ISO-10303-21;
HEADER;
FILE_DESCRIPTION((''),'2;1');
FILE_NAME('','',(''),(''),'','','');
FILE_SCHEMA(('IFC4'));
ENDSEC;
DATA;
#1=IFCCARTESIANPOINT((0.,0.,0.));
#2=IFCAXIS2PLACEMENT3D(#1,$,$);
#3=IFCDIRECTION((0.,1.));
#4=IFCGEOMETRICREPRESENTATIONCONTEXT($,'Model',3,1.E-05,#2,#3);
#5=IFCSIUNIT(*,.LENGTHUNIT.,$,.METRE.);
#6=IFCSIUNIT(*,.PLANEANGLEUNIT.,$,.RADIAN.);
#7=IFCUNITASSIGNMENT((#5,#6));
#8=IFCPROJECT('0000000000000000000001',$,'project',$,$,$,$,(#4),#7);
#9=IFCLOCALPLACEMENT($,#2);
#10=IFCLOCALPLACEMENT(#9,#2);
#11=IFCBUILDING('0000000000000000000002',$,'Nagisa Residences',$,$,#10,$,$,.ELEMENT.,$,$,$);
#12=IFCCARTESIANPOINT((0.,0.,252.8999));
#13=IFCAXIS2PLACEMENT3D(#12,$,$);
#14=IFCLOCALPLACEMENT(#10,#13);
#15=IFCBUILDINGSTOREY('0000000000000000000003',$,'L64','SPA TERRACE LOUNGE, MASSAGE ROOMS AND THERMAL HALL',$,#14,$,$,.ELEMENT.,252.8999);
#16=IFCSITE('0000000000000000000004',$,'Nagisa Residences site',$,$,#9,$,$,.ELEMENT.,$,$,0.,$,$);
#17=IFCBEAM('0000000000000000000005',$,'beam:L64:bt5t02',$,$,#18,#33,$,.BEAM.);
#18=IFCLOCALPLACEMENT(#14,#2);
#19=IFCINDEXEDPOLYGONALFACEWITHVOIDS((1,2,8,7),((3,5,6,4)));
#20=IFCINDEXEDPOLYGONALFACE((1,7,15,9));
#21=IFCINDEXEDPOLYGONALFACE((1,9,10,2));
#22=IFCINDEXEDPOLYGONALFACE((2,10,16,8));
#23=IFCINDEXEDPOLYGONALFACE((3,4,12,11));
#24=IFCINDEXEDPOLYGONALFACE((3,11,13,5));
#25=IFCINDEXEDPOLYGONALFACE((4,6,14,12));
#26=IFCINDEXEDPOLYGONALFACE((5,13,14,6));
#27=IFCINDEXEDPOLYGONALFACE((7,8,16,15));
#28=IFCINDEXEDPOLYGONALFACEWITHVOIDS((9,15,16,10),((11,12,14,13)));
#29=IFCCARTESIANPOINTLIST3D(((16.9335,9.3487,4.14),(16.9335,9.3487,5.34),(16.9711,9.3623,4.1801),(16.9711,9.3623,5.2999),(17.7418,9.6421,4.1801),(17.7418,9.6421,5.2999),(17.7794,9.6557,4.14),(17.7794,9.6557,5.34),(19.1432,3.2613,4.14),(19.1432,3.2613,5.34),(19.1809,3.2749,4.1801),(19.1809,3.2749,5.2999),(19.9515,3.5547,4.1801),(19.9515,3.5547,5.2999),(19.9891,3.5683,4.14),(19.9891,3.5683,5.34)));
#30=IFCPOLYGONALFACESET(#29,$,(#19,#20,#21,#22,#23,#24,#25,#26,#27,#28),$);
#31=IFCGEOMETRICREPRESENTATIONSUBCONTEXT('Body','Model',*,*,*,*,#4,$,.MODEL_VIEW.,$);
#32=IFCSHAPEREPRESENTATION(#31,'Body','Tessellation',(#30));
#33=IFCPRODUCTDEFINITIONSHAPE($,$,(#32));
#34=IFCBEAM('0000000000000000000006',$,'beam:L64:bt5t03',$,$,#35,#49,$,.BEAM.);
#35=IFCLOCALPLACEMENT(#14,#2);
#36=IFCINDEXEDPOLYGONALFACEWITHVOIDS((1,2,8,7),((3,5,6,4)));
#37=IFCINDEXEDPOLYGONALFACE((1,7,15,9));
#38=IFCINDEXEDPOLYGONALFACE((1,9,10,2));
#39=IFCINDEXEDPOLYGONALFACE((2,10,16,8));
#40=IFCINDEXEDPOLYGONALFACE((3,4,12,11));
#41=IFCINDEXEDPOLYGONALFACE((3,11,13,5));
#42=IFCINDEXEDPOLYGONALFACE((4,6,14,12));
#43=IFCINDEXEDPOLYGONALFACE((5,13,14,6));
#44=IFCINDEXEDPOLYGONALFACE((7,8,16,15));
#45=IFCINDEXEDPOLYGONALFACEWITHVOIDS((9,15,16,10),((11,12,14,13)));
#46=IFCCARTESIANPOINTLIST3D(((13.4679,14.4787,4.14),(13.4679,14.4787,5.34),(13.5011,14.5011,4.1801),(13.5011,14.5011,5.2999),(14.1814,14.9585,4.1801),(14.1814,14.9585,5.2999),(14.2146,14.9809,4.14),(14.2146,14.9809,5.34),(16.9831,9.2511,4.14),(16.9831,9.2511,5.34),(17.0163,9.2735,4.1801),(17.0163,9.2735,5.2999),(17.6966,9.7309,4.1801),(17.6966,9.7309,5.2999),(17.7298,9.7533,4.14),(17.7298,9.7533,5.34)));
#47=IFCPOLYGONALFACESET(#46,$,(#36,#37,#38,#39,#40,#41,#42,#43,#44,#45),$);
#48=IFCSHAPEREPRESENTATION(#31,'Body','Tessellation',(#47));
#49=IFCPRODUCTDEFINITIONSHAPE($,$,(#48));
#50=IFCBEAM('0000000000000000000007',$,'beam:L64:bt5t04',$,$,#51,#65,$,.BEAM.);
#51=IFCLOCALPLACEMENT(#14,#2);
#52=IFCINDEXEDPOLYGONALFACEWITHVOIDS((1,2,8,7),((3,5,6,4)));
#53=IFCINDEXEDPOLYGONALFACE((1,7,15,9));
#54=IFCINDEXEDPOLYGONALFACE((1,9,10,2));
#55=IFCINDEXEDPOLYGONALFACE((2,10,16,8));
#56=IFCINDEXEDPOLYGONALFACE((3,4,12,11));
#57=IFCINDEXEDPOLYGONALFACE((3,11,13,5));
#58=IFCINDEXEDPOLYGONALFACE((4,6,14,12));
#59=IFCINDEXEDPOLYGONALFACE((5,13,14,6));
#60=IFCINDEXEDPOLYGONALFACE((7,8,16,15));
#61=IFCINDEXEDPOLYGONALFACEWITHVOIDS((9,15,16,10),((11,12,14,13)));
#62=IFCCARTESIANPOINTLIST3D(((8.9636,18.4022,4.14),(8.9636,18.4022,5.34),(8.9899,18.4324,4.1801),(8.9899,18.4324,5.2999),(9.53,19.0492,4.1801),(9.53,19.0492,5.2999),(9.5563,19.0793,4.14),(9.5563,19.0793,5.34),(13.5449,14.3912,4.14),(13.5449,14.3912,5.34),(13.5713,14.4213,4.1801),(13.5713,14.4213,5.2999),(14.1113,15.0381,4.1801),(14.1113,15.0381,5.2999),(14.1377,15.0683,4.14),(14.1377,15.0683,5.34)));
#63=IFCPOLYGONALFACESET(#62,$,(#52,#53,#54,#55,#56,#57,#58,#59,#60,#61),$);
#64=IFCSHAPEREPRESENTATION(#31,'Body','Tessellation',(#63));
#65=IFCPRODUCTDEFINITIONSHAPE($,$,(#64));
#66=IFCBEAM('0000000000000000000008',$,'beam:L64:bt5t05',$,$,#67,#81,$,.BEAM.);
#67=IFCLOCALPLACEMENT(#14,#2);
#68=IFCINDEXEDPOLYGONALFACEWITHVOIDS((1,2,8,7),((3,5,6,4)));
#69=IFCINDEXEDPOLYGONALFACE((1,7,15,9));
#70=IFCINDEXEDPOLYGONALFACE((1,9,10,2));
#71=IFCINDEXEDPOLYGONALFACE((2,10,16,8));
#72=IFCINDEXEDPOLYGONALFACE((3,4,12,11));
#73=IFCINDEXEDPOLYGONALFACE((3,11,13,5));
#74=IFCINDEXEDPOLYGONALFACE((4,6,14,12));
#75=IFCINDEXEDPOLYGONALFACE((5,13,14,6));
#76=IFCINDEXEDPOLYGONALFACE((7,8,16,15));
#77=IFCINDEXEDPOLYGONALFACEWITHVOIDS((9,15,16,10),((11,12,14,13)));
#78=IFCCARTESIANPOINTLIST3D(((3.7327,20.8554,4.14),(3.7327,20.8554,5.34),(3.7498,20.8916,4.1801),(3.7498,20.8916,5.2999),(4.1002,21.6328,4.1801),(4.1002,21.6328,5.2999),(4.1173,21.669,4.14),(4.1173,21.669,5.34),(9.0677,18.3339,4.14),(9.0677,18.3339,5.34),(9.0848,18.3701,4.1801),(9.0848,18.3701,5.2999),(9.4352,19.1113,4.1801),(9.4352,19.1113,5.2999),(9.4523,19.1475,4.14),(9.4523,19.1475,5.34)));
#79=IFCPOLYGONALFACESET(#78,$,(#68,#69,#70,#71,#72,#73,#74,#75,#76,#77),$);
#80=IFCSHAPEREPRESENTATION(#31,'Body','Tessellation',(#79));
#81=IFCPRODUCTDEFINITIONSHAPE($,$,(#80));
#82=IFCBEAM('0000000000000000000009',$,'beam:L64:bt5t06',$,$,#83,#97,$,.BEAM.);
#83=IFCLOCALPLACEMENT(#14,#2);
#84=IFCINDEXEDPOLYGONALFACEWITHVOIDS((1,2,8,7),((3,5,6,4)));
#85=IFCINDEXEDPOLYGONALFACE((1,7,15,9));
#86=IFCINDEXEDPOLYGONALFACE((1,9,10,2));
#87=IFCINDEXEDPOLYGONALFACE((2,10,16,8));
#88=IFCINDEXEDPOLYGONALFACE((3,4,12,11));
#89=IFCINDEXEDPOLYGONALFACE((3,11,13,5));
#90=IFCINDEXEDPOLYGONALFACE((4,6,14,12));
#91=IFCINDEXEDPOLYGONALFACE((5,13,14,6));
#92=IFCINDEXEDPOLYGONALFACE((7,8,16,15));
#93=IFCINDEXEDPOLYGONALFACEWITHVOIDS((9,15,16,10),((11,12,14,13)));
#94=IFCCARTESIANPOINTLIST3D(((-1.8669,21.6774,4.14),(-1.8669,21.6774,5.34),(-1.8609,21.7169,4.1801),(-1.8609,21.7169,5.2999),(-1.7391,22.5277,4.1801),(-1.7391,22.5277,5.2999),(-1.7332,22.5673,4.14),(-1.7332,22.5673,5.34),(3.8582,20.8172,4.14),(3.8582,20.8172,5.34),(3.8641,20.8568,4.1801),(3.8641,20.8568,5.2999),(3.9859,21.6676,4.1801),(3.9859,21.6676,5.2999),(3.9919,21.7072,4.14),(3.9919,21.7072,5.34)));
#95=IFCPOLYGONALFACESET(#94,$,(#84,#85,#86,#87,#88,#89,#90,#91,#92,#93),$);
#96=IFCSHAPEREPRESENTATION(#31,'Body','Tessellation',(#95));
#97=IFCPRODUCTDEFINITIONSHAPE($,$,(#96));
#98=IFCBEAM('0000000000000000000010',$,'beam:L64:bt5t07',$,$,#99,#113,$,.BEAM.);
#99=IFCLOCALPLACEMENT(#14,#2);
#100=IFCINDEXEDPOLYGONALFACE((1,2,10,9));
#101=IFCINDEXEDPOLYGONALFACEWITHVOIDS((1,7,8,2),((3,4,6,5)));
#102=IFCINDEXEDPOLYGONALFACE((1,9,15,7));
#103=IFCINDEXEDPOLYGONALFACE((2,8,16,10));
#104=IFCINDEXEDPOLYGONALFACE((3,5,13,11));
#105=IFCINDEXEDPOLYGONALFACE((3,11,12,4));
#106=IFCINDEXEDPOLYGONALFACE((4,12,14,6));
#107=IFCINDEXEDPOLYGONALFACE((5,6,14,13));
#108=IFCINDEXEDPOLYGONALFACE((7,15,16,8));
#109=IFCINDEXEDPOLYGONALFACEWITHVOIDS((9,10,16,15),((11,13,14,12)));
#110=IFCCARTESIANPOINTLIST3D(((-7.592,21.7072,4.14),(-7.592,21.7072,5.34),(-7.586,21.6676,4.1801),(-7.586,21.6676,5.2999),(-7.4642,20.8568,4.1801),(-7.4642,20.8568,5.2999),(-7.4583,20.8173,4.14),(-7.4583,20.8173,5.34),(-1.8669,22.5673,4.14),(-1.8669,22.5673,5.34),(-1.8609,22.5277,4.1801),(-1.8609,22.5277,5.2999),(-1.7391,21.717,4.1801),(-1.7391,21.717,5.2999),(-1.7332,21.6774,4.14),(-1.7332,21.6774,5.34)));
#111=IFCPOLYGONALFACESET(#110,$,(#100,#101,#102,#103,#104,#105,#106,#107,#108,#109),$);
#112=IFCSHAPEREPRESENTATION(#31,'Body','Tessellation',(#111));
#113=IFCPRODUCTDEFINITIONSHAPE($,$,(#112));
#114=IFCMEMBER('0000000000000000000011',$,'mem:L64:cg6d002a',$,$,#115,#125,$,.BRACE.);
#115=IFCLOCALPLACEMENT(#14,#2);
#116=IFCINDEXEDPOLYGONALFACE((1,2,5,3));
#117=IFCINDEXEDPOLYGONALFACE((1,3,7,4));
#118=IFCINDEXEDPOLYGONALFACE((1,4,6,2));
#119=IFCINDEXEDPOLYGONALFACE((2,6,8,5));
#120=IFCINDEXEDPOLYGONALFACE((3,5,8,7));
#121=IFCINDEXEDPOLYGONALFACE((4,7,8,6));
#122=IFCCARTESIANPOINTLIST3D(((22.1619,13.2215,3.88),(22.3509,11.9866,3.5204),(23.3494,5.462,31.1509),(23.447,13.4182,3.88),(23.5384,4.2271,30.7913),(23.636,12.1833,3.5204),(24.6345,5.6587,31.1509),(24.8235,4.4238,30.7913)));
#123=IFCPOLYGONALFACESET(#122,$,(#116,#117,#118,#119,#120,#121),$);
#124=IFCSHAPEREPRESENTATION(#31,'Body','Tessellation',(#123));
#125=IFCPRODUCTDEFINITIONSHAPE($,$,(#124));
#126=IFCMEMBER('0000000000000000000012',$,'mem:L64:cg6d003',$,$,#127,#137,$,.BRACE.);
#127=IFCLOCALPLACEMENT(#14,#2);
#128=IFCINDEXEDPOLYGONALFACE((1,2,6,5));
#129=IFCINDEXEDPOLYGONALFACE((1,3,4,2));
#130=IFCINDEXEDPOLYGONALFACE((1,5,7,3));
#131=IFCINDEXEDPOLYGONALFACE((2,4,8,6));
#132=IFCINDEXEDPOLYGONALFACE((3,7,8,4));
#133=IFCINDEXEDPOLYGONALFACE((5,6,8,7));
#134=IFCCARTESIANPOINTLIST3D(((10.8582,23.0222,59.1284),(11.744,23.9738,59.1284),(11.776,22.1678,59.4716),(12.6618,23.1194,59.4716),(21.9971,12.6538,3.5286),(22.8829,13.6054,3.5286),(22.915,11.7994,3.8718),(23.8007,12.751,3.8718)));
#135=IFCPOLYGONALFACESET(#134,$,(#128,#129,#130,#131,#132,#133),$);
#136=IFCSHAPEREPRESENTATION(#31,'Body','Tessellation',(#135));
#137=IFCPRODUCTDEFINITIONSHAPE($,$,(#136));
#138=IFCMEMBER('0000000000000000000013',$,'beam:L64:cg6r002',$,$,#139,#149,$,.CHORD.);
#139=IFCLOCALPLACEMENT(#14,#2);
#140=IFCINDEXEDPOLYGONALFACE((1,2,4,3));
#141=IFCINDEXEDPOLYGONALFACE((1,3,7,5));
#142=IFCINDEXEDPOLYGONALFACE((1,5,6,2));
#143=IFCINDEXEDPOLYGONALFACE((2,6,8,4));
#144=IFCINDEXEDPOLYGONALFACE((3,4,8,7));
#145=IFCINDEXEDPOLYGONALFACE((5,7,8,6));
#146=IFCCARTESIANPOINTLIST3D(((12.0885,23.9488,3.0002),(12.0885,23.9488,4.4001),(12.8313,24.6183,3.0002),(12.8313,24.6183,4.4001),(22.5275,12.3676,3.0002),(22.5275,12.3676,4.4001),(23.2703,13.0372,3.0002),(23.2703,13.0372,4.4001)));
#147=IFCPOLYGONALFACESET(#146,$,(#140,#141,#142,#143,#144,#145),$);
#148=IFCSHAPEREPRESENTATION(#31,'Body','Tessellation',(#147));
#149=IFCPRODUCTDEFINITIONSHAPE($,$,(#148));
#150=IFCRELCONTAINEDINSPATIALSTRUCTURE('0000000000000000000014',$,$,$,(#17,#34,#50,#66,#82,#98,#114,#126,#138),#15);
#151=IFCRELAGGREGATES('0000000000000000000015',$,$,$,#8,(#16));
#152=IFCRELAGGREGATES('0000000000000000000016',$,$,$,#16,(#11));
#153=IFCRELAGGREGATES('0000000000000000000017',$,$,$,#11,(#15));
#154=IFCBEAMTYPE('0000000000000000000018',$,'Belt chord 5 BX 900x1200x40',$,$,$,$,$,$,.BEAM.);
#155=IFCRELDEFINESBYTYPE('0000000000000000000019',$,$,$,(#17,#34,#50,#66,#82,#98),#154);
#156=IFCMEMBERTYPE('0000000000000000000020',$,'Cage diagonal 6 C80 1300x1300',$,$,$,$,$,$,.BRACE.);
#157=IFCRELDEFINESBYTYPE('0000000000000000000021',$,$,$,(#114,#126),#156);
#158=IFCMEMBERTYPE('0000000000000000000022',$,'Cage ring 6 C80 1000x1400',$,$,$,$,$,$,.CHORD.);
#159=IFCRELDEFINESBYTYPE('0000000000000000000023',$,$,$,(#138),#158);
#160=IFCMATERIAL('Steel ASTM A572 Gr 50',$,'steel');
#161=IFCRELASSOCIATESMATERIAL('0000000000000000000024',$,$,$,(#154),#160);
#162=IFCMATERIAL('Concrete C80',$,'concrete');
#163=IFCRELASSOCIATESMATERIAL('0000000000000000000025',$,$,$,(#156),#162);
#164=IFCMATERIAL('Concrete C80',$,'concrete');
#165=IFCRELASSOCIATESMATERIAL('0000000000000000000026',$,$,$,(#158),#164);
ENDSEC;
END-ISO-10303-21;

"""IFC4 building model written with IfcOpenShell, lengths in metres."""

from ifc_helpers import new_model, si_unit, direction, frame, origin, origin_2d, place, context, subcontext, project, spatial, rectangle, hollow_rectangle, extrude, material, material_profile, profile_set, type_object, element, save


model = new_model("IFC4")

# Units and contexts
model_context = context("Model", 3, precision=1e-05, world=origin(), true_north=direction((0.0, 1.0)))
body_context = subcontext(model_context, "Body", "Model", "MODEL_VIEW")
ifc_project = project(units=[si_unit("LENGTHUNIT", "METRE"), si_unit("PLANEANGLEUNIT", "RADIAN")], contexts=[model_context])

# Site, building, storey
site_placement = place(None, origin())
site = spatial("IfcSite", under=ifc_project, at=site_placement, Name="Nagisa Residences site", CompositionType="ELEMENT", RefElevation=0.0)
building_placement = place(site_placement, origin())
building = spatial("IfcBuilding", under=site, at=building_placement, Name="Nagisa Residences", CompositionType="ELEMENT")
storey_placement = place(building_placement, frame((0.0, 0.0, 252.8999)))
storey = spatial("IfcBuildingStorey", under=building, at=storey_placement, Name="L64", Description="SPA TERRACE LOUNGE, MASSAGE ROOMS AND THERMAL HALL", CompositionType="ELEMENT", Elevation=252.8999)

# Beams
ifc_material_1 = material(Name="Steel ASTM A572 Gr 50", Category="steel")
ifc_material_profile_1 = material_profile(ifc_material_1, hollow_rectangle(XDim=0.8999, YDim=1.2, WallThickness=0.04, at=origin_2d()), Name="BX 900x1200x40")
ifc_profile_set_1 = profile_set([ifc_material_profile_1], Name="Steel ASTM A572 Gr 50")
beam_type_1 = type_object("IfcBeamType", Name="Belt chord 5 BX 900x1200x40", PredefinedType="BEAM", material=ifc_profile_set_1)
beam_1_placement = place(storey_placement, frame((19.5662, 3.4148, 4.74), z_axis=(-0.341213, 0.939986, 0.0), x_axis=(-0.939986, -0.341213, 0.0)))
element("IfcBeam", 1, at=beam_1_placement, inside=storey, type_object=beam_type_1, Name="beam:L64:bt5t02", PredefinedType="BEAM", context=body_context, shape_type="SweptSolid", body=[
    extrude(hollow_rectangle(XDim=0.8999, YDim=1.2, WallThickness=0.04, at=origin_2d()), origin(), (0.0, 0.0, 1.0), 6.4761),
])
beam_2_placement = place(storey_placement, frame((17.3564, 9.5022, 4.74), z_axis=(-0.558005, 0.829838, 0.0), x_axis=(-0.829838, -0.558005, 0.0)))
element("IfcBeam", 2, at=beam_2_placement, inside=storey, type_object=beam_type_1, Name="beam:L64:bt5t03", PredefinedType="BEAM", context=body_context, shape_type="SweptSolid", body=[
    extrude(hollow_rectangle(XDim=0.8999, YDim=1.2, WallThickness=0.04, at=origin_2d()), origin(), (0.0, 0.0, 1.0), 6.2996),
])
beam_3_placement = place(storey_placement, frame((13.8413, 14.7297, 4.74), z_axis=(-0.752385, 0.658723, 0.0), x_axis=(-0.658723, -0.752385, 0.0)))
element("IfcBeam", 3, at=beam_3_placement, inside=storey, type_object=beam_type_1, Name="beam:L64:bt5t04", PredefinedType="BEAM", context=body_context, shape_type="SweptSolid", body=[
    extrude(hollow_rectangle(XDim=0.8999, YDim=1.2, WallThickness=0.04, at=origin_2d()), origin(), (0.0, 0.0, 1.0), 6.0891),
])
beam_4_placement = place(storey_placement, frame((9.26, 18.7407, 4.74), z_axis=(-0.904105, 0.427311, 0.0), x_axis=(-0.427311, -0.904105, 0.0)))
element("IfcBeam", 4, at=beam_4_placement, inside=storey, type_object=beam_type_1, Name="beam:L64:bt5t05", PredefinedType="BEAM", context=body_context, shape_type="SweptSolid", body=[
    extrude(hollow_rectangle(XDim=0.8999, YDim=1.2, WallThickness=0.04, at=origin_2d()), origin(), (0.0, 0.0, 1.0), 5.9009),
])
for number, where, z_axis, x_axis, name in (
    (5, (3.925, 21.2622, 4.74), (-0.988902, 0.148567, 0.0), (-0.148567, -0.988902, 0.0), "beam:L64:bt5t06"),
    (6, (-1.8, 22.1223, 4.74), (-0.988902, -0.148567, 0.0), (0.148567, -0.988902, 0.0), "beam:L64:bt5t07"),
):
    element("IfcBeam", number, at=place(storey_placement, frame(where, z_axis=z_axis, x_axis=x_axis)), inside=storey, type_object=beam_type_1, Name=name, PredefinedType="BEAM", context=body_context, shape_type="SweptSolid", body=[
        extrude(hollow_rectangle(XDim=0.8999, YDim=1.2, WallThickness=0.04, at=origin_2d()), origin(), (0.0, 0.0, 1.0), 5.7893),
    ])

# Members
ifc_material_2 = material(Name="Concrete C80", Category="concrete")
ifc_material_profile_2 = material_profile(ifc_material_2, rectangle(XDim=1.3, YDim=1.3, at=origin_2d()), Name="C80 1300x1300")
ifc_profile_set_2 = profile_set([ifc_material_profile_2], Name="Concrete C80")
member_type_1 = type_object("IfcMemberType", Name="Cage diagonal 6 C80 1300x1300", PredefinedType="BRACE", material=ifc_profile_set_2)
member_1_placement = place(storey_placement, frame((22.8989, 12.7024, 3.7002), z_axis=(0.041845, -0.273432, 0.960981), x_axis=(0.988491, 0.151277, 0.0)))
element("IfcMember", 7, at=member_1_placement, inside=storey, type_object=member_type_1, Name="mem:L64:cg6d002a", PredefinedType="BRACE", context=body_context, shape_type="SweptSolid", body=[
    extrude(rectangle(XDim=1.3, YDim=1.3, at=origin_2d()), origin(), (0.0, 0.0, 1.0), 28.3782),
])
member_2_placement = place(storey_placement, frame((22.8989, 12.7024, 3.7002), z_axis=(-0.193234, 0.179867, 0.964525), x_axis=(-0.681337, -0.73197, 0.0)))
element("IfcMember", 8, at=member_2_placement, inside=storey, type_object=member_type_1, Name="mem:L64:cg6d003", PredefinedType="BRACE", context=body_context, shape_type="SweptSolid", body=[
    extrude(rectangle(XDim=1.3, YDim=1.3, at=origin_2d()), origin(), (0.0, 0.0, 1.0), 57.6448),
])
ifc_material_3 = material(Name="Concrete C80", Category="concrete")
ifc_material_profile_3 = material_profile(ifc_material_3, rectangle(XDim=1.0, YDim=1.3999, at=origin_2d()), Name="C80 1000x1400")
ifc_profile_set_3 = profile_set([ifc_material_profile_3], Name="Concrete C80")
member_type_2 = type_object("IfcMemberType", Name="Cage ring 6 C80 1000x1400", PredefinedType="CHORD", material=ifc_profile_set_3)
member_3_placement = place(storey_placement, frame((22.8989, 12.7024, 3.7002), z_axis=(-0.669532, 0.742783, 0.0), x_axis=(-0.742783, -0.669532, 0.0)))
element("IfcMember", 9, at=member_3_placement, inside=storey, type_object=member_type_2, Name="beam:L64:cg6r002", PredefinedType="CHORD", context=body_context, shape_type="SweptSolid", body=[
    extrude(rectangle(XDim=1.0, YDim=1.3999, at=origin_2d()), origin(), (0.0, 0.0, 1.0), 15.5916),
])

save(model, "model.ifc")
